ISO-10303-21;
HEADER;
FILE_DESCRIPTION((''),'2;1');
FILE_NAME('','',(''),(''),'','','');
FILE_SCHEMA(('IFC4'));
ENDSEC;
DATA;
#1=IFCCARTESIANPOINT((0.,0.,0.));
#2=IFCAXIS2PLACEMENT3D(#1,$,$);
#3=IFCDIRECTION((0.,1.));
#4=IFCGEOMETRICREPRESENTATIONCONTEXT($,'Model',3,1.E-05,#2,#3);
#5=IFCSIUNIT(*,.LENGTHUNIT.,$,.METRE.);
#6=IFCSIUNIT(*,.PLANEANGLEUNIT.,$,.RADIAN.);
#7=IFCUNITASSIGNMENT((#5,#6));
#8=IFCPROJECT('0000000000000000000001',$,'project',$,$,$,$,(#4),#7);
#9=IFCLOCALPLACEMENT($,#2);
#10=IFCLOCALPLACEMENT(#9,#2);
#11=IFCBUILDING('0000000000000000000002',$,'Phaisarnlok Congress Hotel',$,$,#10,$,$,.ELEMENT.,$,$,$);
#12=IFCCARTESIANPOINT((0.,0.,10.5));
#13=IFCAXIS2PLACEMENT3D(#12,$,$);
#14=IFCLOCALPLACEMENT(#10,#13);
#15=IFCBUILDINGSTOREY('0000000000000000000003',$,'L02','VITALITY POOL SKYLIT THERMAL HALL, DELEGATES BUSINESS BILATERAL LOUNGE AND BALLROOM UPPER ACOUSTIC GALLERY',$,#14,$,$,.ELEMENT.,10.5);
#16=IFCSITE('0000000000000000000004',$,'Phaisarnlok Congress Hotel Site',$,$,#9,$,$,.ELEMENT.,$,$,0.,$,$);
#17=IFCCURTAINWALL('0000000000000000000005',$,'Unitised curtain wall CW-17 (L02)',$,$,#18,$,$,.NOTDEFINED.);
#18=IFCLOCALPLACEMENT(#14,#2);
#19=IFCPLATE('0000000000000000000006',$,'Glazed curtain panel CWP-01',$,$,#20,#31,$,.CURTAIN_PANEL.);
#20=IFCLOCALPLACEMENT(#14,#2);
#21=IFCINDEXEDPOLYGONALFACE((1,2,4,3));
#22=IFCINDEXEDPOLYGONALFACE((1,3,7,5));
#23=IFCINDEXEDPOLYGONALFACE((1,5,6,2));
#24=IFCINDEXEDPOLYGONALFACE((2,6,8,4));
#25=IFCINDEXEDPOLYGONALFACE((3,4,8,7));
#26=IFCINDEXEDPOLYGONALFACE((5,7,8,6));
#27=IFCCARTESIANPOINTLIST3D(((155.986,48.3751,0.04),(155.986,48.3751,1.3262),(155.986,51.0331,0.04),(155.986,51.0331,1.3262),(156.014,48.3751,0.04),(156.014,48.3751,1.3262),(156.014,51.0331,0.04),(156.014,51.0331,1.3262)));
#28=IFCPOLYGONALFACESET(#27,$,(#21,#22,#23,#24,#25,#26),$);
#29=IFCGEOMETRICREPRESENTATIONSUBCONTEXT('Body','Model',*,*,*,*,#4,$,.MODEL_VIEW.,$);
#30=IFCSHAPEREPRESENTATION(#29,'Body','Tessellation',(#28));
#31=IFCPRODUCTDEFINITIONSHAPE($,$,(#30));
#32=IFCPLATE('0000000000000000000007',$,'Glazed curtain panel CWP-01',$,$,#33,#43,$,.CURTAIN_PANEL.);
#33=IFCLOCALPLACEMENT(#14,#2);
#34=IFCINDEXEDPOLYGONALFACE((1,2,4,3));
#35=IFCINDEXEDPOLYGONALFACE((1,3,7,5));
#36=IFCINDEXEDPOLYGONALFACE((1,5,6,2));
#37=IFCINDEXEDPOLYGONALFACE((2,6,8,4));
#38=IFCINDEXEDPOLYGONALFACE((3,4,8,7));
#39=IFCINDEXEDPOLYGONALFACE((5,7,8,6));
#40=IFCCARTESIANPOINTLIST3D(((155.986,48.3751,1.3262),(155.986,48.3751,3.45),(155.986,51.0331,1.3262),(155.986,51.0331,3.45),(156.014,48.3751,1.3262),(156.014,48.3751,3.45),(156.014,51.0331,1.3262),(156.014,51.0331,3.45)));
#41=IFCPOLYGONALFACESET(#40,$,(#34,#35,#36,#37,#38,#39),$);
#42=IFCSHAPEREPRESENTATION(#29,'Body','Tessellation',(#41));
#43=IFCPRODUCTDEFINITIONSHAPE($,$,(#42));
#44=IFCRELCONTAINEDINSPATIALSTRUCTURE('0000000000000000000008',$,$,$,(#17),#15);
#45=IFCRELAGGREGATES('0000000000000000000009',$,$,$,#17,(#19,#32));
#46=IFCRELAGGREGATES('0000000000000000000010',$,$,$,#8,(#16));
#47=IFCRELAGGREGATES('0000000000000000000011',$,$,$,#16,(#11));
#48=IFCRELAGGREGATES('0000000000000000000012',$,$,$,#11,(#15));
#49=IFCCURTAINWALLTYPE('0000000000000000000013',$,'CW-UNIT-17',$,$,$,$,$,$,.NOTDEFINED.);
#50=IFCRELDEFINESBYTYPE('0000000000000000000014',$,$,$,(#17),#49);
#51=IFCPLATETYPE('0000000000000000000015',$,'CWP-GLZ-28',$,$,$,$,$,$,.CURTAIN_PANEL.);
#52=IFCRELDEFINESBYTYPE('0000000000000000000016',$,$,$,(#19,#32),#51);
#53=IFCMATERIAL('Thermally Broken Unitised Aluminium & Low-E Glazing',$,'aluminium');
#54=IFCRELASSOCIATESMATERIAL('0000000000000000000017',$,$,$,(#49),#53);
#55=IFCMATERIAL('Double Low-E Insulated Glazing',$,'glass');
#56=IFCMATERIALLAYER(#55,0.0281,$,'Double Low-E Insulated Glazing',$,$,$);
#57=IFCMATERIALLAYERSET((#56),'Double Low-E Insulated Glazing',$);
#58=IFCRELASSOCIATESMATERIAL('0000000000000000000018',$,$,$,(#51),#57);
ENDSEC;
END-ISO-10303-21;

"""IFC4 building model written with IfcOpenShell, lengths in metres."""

from ifc_helpers import new_model, si_unit, direction, frame, frame_2d, origin, place, context, subcontext, project, spatial, rectangle, extrude, material, layer, layer_set, type_object, element, aggregate, save


model = new_model("IFC4")

# Units and contexts
model_context = context("Model", 3, precision=1e-05, world=origin(), true_north=direction((0.0, 1.0)))
body_context = subcontext(model_context, "Body", "Model", "MODEL_VIEW")
ifc_project = project(units=[si_unit("LENGTHUNIT", "METRE"), si_unit("PLANEANGLEUNIT", "RADIAN")], contexts=[model_context])

# Site, building, storey
site_placement = place(None, origin())
site = spatial("IfcSite", under=ifc_project, at=site_placement, Name="Phaisarnlok Congress Hotel Site", CompositionType="ELEMENT", RefElevation=0.0)
building_placement = place(site_placement, origin())
building = spatial("IfcBuilding", under=site, at=building_placement, Name="Phaisarnlok Congress Hotel", CompositionType="ELEMENT")
storey_placement = place(building_placement, frame((0.0, 0.0, 10.5)))
storey = spatial("IfcBuildingStorey", under=building, at=storey_placement, Name="L02", Description="VITALITY POOL SKYLIT THERMAL HALL, DELEGATES BUSINESS BILATERAL LOUNGE AND BALLROOM UPPER ACOUSTIC GALLERY", CompositionType="ELEMENT", Elevation=10.5)

# Curtain wall
ifc_material_1 = material(Name="Thermally Broken Unitised Aluminium & Low-E Glazing", Category="aluminium")
curtain_wall_type_1 = type_object("IfcCurtainWallType", Name="CW-UNIT-17", PredefinedType="NOTDEFINED", material=ifc_material_1)
curtain_wall_1_placement = place(storey_placement, origin())
curtain_wall_1 = element("IfcCurtainWall", 1, at=curtain_wall_1_placement, inside=storey, type_object=curtain_wall_type_1, Name="Unitised curtain wall CW-17 (L02)", PredefinedType="NOTDEFINED")

# Plates
ifc_material_2 = material(Name="Double Low-E Insulated Glazing", Category="glass")
ifc_layer = layer(ifc_material_2, 0.0281, Name="Double Low-E Insulated Glazing")
ifc_layer_set = layer_set([ifc_layer], Name="Double Low-E Insulated Glazing")
plate_type = type_object("IfcPlateType", Name="CWP-GLZ-28", PredefinedType="CURTAIN_PANEL", material=ifc_layer_set)
plate_1_placement = place(storey_placement, frame((156.0, 48.375, 0.04), z_axis=(0.0, 0.0, 1.0), x_axis=(0.0, 1.0, 0.0)))
plate_1 = element("IfcPlate", 2, at=plate_1_placement, type_object=plate_type, Name="Glazed curtain panel CWP-01", PredefinedType="CURTAIN_PANEL", context=body_context, shape_type="SweptSolid", body=[
    extrude(rectangle(XDim=2.658, YDim=0.0281, at=frame_2d((1.3291, 0.0))), origin(), (0.0, 0.0, 1.0), 1.2861),
])
plate_2_placement = place(storey_placement, frame((156.0, 48.375, 1.3262), z_axis=(0.0, 0.0, 1.0), x_axis=(0.0, 1.0, 0.0)))
plate_2 = element("IfcPlate", 3, at=plate_2_placement, type_object=plate_type, Name="Glazed curtain panel CWP-01", PredefinedType="CURTAIN_PANEL", context=body_context, shape_type="SweptSolid", body=[
    extrude(rectangle(XDim=2.658, YDim=0.0281, at=frame_2d((1.3291, 0.0))), origin(), (0.0, 0.0, 1.0), 2.1238),
])
aggregate(curtain_wall_1, [plate_1, plate_2])

save(model, "model.ifc")
